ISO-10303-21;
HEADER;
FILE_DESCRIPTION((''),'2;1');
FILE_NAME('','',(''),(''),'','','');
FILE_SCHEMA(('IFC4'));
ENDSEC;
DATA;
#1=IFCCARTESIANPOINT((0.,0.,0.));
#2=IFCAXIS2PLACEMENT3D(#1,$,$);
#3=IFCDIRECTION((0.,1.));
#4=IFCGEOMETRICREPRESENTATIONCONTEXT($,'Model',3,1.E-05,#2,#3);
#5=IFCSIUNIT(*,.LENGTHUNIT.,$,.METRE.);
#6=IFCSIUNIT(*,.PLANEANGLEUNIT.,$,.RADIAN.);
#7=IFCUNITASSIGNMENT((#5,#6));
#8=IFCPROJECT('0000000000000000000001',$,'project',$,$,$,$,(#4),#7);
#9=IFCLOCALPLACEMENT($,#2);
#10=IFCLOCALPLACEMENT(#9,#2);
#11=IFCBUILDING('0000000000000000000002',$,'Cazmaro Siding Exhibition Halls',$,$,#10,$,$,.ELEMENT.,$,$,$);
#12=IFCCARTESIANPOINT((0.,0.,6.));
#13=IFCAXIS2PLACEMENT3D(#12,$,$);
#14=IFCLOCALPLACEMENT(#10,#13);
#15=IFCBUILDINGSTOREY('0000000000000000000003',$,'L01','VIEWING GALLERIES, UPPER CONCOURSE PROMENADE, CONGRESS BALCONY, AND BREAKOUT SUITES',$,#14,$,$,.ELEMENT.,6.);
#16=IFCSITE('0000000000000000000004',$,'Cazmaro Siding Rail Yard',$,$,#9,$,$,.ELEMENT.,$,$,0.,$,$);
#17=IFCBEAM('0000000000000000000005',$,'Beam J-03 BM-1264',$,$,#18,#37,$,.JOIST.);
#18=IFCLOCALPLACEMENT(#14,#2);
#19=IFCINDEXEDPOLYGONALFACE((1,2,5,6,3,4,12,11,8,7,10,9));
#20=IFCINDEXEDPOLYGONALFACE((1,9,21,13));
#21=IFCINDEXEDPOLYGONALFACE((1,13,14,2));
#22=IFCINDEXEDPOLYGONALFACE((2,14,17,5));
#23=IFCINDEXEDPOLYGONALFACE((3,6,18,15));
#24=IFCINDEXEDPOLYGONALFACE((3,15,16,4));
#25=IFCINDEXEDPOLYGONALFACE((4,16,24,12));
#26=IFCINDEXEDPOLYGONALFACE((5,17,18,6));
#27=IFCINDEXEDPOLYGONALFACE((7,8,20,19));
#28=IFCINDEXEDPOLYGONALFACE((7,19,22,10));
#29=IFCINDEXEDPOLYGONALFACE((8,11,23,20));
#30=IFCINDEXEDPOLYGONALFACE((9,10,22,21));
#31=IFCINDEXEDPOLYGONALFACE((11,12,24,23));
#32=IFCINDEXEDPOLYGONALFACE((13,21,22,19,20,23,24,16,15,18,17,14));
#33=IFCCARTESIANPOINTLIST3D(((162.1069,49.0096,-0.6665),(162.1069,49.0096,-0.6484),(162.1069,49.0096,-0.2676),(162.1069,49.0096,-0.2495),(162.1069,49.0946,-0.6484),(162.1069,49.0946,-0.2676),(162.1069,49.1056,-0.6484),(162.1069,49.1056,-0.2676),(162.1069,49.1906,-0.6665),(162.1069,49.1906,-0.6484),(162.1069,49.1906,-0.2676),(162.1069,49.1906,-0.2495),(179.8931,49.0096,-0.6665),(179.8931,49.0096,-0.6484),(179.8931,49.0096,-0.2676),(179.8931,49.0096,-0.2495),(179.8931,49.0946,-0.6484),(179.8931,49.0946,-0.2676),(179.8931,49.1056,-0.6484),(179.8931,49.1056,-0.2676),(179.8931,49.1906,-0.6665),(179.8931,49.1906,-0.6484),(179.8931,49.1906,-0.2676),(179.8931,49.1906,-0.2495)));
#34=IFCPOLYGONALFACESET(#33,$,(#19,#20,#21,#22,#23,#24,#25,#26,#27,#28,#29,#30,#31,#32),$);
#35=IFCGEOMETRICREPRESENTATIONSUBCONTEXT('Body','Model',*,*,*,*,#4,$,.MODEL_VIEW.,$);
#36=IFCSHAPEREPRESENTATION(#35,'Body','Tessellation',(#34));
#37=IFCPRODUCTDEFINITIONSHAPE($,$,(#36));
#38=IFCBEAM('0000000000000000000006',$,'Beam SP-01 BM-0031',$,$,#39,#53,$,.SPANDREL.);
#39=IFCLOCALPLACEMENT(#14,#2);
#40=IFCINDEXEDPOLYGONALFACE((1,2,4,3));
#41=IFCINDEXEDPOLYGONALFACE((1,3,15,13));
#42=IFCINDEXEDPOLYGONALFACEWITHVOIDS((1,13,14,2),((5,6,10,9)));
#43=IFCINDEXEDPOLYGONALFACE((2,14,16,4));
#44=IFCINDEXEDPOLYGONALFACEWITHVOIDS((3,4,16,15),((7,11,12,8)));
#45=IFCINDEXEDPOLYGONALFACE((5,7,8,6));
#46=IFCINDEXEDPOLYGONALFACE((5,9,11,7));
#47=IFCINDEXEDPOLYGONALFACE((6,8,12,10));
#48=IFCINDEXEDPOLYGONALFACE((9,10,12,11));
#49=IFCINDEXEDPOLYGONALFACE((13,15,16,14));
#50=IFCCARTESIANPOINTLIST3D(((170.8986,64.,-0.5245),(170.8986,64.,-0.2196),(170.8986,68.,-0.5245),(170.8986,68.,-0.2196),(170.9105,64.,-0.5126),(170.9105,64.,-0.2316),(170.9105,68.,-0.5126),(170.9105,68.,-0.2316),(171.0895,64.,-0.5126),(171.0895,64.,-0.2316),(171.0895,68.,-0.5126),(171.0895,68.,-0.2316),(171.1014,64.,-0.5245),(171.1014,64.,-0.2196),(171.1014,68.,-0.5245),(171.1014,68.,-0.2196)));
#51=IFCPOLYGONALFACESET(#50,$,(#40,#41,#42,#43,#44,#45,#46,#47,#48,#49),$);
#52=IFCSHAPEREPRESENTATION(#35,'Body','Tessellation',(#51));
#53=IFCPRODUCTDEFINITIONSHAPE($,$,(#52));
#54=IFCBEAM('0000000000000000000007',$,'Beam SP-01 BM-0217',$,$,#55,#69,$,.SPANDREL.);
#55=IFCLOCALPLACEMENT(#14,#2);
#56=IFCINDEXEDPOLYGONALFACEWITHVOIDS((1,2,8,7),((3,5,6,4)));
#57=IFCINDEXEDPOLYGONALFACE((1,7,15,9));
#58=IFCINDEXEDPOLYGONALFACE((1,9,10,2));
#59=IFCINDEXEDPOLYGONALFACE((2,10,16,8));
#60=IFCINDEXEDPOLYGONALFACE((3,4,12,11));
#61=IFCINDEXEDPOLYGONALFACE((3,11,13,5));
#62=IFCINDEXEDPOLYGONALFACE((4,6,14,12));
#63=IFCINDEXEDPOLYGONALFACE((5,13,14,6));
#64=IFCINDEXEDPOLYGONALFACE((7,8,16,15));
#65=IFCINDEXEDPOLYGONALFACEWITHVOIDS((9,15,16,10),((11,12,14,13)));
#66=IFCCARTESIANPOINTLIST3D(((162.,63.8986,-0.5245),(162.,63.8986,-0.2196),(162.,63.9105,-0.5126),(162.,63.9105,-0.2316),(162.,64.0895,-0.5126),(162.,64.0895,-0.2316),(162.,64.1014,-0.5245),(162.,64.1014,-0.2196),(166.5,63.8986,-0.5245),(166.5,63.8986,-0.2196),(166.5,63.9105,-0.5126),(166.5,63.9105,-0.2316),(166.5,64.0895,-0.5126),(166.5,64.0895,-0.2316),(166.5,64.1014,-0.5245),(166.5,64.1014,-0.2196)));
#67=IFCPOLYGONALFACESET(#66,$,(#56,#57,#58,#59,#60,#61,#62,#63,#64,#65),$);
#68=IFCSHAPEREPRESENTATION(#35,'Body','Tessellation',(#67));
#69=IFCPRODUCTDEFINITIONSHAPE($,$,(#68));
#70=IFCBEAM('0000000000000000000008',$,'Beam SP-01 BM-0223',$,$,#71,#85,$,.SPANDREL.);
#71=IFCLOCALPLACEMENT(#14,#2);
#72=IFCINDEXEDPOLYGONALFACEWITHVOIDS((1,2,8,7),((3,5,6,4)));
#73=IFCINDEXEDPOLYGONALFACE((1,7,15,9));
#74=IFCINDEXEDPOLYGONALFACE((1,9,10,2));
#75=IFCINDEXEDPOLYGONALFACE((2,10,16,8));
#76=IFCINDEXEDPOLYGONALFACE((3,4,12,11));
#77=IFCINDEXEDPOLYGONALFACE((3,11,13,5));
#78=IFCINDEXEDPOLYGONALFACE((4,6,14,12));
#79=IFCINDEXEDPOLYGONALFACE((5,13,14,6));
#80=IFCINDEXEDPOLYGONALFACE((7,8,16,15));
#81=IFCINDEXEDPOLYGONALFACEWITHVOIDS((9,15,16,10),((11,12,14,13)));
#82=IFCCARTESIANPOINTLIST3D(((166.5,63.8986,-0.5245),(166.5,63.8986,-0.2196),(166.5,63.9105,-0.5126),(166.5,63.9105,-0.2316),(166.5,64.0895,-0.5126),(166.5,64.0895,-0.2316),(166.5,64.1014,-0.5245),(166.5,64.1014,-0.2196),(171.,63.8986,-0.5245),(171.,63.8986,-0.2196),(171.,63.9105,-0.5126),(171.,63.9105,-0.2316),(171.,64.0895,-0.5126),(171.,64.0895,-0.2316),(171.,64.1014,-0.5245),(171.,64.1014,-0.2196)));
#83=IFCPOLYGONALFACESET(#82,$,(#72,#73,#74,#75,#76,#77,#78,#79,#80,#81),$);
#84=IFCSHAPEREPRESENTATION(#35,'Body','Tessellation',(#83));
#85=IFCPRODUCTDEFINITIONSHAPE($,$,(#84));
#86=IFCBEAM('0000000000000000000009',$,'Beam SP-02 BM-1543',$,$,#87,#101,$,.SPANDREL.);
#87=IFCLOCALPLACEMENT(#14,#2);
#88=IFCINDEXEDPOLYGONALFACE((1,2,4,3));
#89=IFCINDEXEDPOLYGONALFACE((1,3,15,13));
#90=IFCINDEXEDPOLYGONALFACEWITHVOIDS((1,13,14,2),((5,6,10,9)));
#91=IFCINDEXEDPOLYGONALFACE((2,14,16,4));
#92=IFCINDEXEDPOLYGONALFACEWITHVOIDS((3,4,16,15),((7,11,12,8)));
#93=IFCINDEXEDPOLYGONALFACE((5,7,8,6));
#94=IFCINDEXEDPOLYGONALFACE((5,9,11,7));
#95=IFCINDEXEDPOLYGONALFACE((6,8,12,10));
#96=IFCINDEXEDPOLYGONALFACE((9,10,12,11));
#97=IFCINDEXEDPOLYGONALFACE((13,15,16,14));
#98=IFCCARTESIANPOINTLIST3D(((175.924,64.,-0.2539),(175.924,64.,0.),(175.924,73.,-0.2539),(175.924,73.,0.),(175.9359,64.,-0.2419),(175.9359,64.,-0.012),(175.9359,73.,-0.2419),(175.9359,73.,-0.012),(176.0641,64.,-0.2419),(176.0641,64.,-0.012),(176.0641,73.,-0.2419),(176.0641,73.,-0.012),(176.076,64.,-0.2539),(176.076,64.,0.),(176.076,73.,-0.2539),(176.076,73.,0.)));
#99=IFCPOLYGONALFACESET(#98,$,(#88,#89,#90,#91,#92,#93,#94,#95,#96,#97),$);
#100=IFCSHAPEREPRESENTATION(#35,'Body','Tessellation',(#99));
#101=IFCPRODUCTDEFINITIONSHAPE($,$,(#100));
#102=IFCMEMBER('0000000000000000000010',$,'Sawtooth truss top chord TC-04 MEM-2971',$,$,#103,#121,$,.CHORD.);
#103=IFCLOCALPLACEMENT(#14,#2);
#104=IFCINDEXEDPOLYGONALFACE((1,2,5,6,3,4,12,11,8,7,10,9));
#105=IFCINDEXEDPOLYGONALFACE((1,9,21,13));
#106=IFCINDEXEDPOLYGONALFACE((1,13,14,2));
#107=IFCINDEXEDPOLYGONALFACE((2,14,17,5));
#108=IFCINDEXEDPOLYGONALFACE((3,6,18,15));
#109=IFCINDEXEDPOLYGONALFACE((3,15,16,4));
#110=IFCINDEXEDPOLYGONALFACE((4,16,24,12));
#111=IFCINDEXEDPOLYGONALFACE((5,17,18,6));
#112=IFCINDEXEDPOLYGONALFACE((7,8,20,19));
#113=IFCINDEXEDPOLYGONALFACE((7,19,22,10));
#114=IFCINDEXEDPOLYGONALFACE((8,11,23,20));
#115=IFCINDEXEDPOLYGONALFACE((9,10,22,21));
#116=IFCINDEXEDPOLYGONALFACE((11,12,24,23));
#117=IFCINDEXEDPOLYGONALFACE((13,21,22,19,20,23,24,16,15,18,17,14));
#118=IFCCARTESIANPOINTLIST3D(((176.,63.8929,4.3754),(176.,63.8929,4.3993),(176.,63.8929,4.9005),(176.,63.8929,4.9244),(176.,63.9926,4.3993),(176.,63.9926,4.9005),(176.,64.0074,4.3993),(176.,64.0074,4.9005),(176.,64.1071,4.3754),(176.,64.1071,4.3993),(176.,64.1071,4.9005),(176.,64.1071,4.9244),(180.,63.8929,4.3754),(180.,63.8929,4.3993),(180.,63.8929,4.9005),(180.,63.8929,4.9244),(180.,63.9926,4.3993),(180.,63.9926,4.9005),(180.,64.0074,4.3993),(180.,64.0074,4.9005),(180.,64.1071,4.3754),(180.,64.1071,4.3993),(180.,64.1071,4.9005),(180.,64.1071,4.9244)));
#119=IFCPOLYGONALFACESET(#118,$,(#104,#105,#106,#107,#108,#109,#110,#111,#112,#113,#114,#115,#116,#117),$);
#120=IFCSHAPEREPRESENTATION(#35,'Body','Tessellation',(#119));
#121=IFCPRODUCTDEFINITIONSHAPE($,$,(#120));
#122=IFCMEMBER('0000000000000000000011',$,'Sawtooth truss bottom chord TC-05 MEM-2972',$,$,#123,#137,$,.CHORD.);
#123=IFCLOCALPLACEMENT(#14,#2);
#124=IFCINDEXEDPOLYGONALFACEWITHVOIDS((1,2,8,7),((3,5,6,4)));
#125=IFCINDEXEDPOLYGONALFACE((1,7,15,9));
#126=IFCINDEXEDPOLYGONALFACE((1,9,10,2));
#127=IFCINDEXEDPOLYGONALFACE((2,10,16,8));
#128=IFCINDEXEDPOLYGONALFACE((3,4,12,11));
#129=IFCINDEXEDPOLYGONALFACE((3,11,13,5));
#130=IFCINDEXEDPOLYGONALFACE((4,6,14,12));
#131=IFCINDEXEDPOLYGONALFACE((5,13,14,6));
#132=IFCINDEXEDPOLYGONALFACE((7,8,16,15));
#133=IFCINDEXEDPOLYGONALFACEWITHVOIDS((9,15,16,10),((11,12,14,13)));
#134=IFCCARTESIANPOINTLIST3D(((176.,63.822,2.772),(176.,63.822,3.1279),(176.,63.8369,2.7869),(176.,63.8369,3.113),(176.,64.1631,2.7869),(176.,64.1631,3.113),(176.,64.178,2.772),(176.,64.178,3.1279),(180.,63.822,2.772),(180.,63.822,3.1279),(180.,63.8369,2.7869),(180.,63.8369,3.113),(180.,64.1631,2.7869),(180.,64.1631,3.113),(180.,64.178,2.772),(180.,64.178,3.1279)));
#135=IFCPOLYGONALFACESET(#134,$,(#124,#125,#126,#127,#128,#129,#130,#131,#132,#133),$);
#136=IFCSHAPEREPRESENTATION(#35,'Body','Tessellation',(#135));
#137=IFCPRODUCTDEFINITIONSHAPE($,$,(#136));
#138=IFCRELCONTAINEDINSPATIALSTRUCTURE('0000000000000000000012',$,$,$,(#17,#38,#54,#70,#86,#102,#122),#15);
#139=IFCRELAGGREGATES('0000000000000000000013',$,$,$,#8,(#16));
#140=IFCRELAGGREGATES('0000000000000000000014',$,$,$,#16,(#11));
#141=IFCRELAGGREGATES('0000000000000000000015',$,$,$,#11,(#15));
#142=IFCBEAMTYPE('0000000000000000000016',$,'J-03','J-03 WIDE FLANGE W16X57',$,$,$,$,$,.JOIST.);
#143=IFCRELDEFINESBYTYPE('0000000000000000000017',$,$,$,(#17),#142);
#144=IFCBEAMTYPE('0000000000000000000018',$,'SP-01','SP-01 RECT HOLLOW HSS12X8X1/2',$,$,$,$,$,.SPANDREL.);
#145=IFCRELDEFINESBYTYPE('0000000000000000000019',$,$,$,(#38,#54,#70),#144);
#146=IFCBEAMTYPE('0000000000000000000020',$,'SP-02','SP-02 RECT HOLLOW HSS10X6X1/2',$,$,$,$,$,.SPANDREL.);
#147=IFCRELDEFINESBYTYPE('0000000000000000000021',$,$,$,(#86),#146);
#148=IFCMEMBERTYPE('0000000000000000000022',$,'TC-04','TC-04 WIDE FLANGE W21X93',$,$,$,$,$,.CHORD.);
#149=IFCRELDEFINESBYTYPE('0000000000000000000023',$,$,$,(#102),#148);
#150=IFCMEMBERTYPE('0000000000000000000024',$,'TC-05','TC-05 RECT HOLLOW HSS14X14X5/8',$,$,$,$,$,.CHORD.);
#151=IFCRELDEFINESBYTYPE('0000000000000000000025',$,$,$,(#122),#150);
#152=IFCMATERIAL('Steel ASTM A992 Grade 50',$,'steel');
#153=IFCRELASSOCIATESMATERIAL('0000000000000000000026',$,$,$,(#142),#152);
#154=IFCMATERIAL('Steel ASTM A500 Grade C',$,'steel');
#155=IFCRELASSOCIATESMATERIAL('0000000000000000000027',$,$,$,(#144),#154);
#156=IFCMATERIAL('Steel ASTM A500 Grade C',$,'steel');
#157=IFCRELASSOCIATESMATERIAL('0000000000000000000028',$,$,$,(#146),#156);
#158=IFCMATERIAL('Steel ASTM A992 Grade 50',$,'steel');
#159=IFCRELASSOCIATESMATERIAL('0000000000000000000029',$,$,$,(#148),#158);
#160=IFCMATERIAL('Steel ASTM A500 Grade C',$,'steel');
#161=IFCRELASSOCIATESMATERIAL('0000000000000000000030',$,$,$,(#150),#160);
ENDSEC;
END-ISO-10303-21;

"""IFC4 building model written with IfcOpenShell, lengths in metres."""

from ifc_helpers import new_model, si_unit, direction, frame, origin, origin_2d, place, context, subcontext, project, spatial, hollow_rectangle, i_section, extrude, material, material_profile, profile_set, type_object, element, save


model = new_model("IFC4")

# Units and contexts
model_context = context("Model", 3, precision=1e-05, world=origin(), true_north=direction((0.0, 1.0)))
body_context = subcontext(model_context, "Body", "Model", "MODEL_VIEW")
ifc_project = project(units=[si_unit("LENGTHUNIT", "METRE"), si_unit("PLANEANGLEUNIT", "RADIAN")], contexts=[model_context])

# Site, building, storey
site_placement = place(None, origin())
site = spatial("IfcSite", under=ifc_project, at=site_placement, Name="Cazmaro Siding Rail Yard", CompositionType="ELEMENT", RefElevation=0.0)
building_placement = place(site_placement, origin())
building = spatial("IfcBuilding", under=site, at=building_placement, Name="Cazmaro Siding Exhibition Halls", CompositionType="ELEMENT")
storey_placement = place(building_placement, frame((0.0, 0.0, 6.0)))
storey = spatial("IfcBuildingStorey", under=building, at=storey_placement, Name="L01", Description="VIEWING GALLERIES, UPPER CONCOURSE PROMENADE, CONGRESS BALCONY, AND BREAKOUT SUITES", CompositionType="ELEMENT", Elevation=6.0)

# Beams
ifc_material_1 = material(Name="Steel ASTM A992 Grade 50", Category="steel")
ifc_material_profile_1 = material_profile(ifc_material_1, i_section(OverallWidth=0.1809, OverallDepth=0.417, WebThickness=0.011, FlangeThickness=0.0181, at=origin_2d()), Name="W16X57")
ifc_profile_set_1 = profile_set([ifc_material_profile_1], Name="Steel ASTM A992 Grade 50")
beam_type_1 = type_object("IfcBeamType", Name="J-03", Description="J-03 WIDE FLANGE W16X57", PredefinedType="JOIST", material=ifc_profile_set_1)
beam_1_placement = place(storey_placement, frame((162.1069, 49.1001, -0.458), z_axis=(1.0, 0.0, 0.0), x_axis=(0.0, 1.0, 0.0)))
element("IfcBeam", 1, at=beam_1_placement, inside=storey, type_object=beam_type_1, Name="Beam J-03 BM-1264", PredefinedType="JOIST", context=body_context, shape_type="SweptSolid", body=[
    extrude(i_section(OverallWidth=0.1809, OverallDepth=0.417, WebThickness=0.011, FlangeThickness=0.0181, at=origin_2d()), origin(), (0.0, 0.0, 1.0), 17.7861),
])
ifc_material_2 = material(Name="Steel ASTM A500 Grade C", Category="steel")
ifc_material_profile_2 = material_profile(ifc_material_2, hollow_rectangle(XDim=0.2029, YDim=0.3049, WallThickness=0.012, at=origin_2d()), Name="HSS12X8X1/2")
ifc_profile_set_2 = profile_set([ifc_material_profile_2], Name="Steel ASTM A500 Grade C")
beam_type_2 = type_object("IfcBeamType", Name="SP-01", Description="SP-01 RECT HOLLOW HSS12X8X1/2", PredefinedType="SPANDREL", material=ifc_profile_set_2)
beam_2_placement = place(storey_placement, frame((171.0, 64.0, -0.3721), z_axis=(0.0, 1.0, 0.0), x_axis=(-1.0, 0.0, 0.0)))
element("IfcBeam", 2, at=beam_2_placement, inside=storey, type_object=beam_type_2, Name="Beam SP-01 BM-0031", PredefinedType="SPANDREL", context=body_context, shape_type="SweptSolid", body=[
    extrude(hollow_rectangle(XDim=0.2029, YDim=0.3049, WallThickness=0.012, at=origin_2d()), origin(), (0.0, 0.0, 1.0), 4.0),
])
for number, where, z_axis, x_axis, name in (
    (3, (162.0, 64.0, -0.3721), (1.0, 0.0, 0.0), (0.0, 1.0, 0.0), "Beam SP-01 BM-0217"),
    (4, (166.5, 64.0, -0.3721), (1.0, 0.0, 0.0), (0.0, 1.0, 0.0), "Beam SP-01 BM-0223"),
):
    element("IfcBeam", number, at=place(storey_placement, frame(where, z_axis=z_axis, x_axis=x_axis)), inside=storey, type_object=beam_type_2, Name=name, PredefinedType="SPANDREL", context=body_context, shape_type="SweptSolid", body=[
        extrude(hollow_rectangle(XDim=0.2029, YDim=0.3049, WallThickness=0.012, at=origin_2d()), origin(), (0.0, 0.0, 1.0), 4.5),
    ])
ifc_material_3 = material(Name="Steel ASTM A500 Grade C", Category="steel")
ifc_material_profile_3 = material_profile(ifc_material_3, hollow_rectangle(XDim=0.1521, YDim=0.2539, WallThickness=0.012, at=origin_2d()), Name="HSS10X6X1/2")
ifc_profile_set_3 = profile_set([ifc_material_profile_3], Name="Steel ASTM A500 Grade C")
beam_type_3 = type_object("IfcBeamType", Name="SP-02", Description="SP-02 RECT HOLLOW HSS10X6X1/2", PredefinedType="SPANDREL", material=ifc_profile_set_3)
beam_3_placement = place(storey_placement, frame((176.0, 64.0, -0.127), z_axis=(0.0, 1.0, 0.0), x_axis=(-1.0, 0.0, 0.0)))
element("IfcBeam", 5, at=beam_3_placement, inside=storey, type_object=beam_type_3, Name="Beam SP-02 BM-1543", PredefinedType="SPANDREL", context=body_context, shape_type="SweptSolid", body=[
    extrude(hollow_rectangle(XDim=0.1521, YDim=0.2539, WallThickness=0.012, at=origin_2d()), origin(), (0.0, 0.0, 1.0), 9.0),
])

# Members
ifc_material_4 = material(Name="Steel ASTM A992 Grade 50", Category="steel")
ifc_material_profile_4 = material_profile(ifc_material_4, i_section(OverallWidth=0.2141, OverallDepth=0.5491, WebThickness=0.0149, FlangeThickness=0.0239, at=origin_2d()), Name="W21X93")
ifc_profile_set_4 = profile_set([ifc_material_profile_4], Name="Steel ASTM A992 Grade 50")
member_type_1 = type_object("IfcMemberType", Name="TC-04", Description="TC-04 WIDE FLANGE W21X93", PredefinedType="CHORD", material=ifc_profile_set_4)
member_1_placement = place(storey_placement, frame((176.0, 64.0, 4.6499), z_axis=(1.0, 0.0, 0.0), x_axis=(0.0, 1.0, 0.0)))
element("IfcMember", 6, at=member_1_placement, inside=storey, type_object=member_type_1, Name="Sawtooth truss top chord TC-04 MEM-2971", PredefinedType="CHORD", context=body_context, shape_type="SweptSolid", body=[
    extrude(i_section(OverallWidth=0.2141, OverallDepth=0.5491, WebThickness=0.0149, FlangeThickness=0.0239, at=origin_2d()), origin(), (0.0, 0.0, 1.0), 4.0),
])
ifc_material_5 = material(Name="Steel ASTM A500 Grade C", Category="steel")
ifc_material_profile_5 = material_profile(ifc_material_5, hollow_rectangle(XDim=0.356, YDim=0.356, WallThickness=0.0149, at=origin_2d()), Name="HSS14X14X5/8")
ifc_profile_set_5 = profile_set([ifc_material_profile_5], Name="Steel ASTM A500 Grade C")
member_type_2 = type_object("IfcMemberType", Name="TC-05", Description="TC-05 RECT HOLLOW HSS14X14X5/8", PredefinedType="CHORD", material=ifc_profile_set_5)
member_2_placement = place(storey_placement, frame((176.0, 64.0, 2.95), z_axis=(1.0, 0.0, 0.0), x_axis=(0.0, 1.0, 0.0)))
element("IfcMember", 7, at=member_2_placement, inside=storey, type_object=member_type_2, Name="Sawtooth truss bottom chord TC-05 MEM-2972", PredefinedType="CHORD", context=body_context, shape_type="SweptSolid", body=[
    extrude(hollow_rectangle(XDim=0.356, YDim=0.356, WallThickness=0.0149, at=origin_2d()), origin(), (0.0, 0.0, 1.0), 4.0),
])

save(model, "model.ifc")
